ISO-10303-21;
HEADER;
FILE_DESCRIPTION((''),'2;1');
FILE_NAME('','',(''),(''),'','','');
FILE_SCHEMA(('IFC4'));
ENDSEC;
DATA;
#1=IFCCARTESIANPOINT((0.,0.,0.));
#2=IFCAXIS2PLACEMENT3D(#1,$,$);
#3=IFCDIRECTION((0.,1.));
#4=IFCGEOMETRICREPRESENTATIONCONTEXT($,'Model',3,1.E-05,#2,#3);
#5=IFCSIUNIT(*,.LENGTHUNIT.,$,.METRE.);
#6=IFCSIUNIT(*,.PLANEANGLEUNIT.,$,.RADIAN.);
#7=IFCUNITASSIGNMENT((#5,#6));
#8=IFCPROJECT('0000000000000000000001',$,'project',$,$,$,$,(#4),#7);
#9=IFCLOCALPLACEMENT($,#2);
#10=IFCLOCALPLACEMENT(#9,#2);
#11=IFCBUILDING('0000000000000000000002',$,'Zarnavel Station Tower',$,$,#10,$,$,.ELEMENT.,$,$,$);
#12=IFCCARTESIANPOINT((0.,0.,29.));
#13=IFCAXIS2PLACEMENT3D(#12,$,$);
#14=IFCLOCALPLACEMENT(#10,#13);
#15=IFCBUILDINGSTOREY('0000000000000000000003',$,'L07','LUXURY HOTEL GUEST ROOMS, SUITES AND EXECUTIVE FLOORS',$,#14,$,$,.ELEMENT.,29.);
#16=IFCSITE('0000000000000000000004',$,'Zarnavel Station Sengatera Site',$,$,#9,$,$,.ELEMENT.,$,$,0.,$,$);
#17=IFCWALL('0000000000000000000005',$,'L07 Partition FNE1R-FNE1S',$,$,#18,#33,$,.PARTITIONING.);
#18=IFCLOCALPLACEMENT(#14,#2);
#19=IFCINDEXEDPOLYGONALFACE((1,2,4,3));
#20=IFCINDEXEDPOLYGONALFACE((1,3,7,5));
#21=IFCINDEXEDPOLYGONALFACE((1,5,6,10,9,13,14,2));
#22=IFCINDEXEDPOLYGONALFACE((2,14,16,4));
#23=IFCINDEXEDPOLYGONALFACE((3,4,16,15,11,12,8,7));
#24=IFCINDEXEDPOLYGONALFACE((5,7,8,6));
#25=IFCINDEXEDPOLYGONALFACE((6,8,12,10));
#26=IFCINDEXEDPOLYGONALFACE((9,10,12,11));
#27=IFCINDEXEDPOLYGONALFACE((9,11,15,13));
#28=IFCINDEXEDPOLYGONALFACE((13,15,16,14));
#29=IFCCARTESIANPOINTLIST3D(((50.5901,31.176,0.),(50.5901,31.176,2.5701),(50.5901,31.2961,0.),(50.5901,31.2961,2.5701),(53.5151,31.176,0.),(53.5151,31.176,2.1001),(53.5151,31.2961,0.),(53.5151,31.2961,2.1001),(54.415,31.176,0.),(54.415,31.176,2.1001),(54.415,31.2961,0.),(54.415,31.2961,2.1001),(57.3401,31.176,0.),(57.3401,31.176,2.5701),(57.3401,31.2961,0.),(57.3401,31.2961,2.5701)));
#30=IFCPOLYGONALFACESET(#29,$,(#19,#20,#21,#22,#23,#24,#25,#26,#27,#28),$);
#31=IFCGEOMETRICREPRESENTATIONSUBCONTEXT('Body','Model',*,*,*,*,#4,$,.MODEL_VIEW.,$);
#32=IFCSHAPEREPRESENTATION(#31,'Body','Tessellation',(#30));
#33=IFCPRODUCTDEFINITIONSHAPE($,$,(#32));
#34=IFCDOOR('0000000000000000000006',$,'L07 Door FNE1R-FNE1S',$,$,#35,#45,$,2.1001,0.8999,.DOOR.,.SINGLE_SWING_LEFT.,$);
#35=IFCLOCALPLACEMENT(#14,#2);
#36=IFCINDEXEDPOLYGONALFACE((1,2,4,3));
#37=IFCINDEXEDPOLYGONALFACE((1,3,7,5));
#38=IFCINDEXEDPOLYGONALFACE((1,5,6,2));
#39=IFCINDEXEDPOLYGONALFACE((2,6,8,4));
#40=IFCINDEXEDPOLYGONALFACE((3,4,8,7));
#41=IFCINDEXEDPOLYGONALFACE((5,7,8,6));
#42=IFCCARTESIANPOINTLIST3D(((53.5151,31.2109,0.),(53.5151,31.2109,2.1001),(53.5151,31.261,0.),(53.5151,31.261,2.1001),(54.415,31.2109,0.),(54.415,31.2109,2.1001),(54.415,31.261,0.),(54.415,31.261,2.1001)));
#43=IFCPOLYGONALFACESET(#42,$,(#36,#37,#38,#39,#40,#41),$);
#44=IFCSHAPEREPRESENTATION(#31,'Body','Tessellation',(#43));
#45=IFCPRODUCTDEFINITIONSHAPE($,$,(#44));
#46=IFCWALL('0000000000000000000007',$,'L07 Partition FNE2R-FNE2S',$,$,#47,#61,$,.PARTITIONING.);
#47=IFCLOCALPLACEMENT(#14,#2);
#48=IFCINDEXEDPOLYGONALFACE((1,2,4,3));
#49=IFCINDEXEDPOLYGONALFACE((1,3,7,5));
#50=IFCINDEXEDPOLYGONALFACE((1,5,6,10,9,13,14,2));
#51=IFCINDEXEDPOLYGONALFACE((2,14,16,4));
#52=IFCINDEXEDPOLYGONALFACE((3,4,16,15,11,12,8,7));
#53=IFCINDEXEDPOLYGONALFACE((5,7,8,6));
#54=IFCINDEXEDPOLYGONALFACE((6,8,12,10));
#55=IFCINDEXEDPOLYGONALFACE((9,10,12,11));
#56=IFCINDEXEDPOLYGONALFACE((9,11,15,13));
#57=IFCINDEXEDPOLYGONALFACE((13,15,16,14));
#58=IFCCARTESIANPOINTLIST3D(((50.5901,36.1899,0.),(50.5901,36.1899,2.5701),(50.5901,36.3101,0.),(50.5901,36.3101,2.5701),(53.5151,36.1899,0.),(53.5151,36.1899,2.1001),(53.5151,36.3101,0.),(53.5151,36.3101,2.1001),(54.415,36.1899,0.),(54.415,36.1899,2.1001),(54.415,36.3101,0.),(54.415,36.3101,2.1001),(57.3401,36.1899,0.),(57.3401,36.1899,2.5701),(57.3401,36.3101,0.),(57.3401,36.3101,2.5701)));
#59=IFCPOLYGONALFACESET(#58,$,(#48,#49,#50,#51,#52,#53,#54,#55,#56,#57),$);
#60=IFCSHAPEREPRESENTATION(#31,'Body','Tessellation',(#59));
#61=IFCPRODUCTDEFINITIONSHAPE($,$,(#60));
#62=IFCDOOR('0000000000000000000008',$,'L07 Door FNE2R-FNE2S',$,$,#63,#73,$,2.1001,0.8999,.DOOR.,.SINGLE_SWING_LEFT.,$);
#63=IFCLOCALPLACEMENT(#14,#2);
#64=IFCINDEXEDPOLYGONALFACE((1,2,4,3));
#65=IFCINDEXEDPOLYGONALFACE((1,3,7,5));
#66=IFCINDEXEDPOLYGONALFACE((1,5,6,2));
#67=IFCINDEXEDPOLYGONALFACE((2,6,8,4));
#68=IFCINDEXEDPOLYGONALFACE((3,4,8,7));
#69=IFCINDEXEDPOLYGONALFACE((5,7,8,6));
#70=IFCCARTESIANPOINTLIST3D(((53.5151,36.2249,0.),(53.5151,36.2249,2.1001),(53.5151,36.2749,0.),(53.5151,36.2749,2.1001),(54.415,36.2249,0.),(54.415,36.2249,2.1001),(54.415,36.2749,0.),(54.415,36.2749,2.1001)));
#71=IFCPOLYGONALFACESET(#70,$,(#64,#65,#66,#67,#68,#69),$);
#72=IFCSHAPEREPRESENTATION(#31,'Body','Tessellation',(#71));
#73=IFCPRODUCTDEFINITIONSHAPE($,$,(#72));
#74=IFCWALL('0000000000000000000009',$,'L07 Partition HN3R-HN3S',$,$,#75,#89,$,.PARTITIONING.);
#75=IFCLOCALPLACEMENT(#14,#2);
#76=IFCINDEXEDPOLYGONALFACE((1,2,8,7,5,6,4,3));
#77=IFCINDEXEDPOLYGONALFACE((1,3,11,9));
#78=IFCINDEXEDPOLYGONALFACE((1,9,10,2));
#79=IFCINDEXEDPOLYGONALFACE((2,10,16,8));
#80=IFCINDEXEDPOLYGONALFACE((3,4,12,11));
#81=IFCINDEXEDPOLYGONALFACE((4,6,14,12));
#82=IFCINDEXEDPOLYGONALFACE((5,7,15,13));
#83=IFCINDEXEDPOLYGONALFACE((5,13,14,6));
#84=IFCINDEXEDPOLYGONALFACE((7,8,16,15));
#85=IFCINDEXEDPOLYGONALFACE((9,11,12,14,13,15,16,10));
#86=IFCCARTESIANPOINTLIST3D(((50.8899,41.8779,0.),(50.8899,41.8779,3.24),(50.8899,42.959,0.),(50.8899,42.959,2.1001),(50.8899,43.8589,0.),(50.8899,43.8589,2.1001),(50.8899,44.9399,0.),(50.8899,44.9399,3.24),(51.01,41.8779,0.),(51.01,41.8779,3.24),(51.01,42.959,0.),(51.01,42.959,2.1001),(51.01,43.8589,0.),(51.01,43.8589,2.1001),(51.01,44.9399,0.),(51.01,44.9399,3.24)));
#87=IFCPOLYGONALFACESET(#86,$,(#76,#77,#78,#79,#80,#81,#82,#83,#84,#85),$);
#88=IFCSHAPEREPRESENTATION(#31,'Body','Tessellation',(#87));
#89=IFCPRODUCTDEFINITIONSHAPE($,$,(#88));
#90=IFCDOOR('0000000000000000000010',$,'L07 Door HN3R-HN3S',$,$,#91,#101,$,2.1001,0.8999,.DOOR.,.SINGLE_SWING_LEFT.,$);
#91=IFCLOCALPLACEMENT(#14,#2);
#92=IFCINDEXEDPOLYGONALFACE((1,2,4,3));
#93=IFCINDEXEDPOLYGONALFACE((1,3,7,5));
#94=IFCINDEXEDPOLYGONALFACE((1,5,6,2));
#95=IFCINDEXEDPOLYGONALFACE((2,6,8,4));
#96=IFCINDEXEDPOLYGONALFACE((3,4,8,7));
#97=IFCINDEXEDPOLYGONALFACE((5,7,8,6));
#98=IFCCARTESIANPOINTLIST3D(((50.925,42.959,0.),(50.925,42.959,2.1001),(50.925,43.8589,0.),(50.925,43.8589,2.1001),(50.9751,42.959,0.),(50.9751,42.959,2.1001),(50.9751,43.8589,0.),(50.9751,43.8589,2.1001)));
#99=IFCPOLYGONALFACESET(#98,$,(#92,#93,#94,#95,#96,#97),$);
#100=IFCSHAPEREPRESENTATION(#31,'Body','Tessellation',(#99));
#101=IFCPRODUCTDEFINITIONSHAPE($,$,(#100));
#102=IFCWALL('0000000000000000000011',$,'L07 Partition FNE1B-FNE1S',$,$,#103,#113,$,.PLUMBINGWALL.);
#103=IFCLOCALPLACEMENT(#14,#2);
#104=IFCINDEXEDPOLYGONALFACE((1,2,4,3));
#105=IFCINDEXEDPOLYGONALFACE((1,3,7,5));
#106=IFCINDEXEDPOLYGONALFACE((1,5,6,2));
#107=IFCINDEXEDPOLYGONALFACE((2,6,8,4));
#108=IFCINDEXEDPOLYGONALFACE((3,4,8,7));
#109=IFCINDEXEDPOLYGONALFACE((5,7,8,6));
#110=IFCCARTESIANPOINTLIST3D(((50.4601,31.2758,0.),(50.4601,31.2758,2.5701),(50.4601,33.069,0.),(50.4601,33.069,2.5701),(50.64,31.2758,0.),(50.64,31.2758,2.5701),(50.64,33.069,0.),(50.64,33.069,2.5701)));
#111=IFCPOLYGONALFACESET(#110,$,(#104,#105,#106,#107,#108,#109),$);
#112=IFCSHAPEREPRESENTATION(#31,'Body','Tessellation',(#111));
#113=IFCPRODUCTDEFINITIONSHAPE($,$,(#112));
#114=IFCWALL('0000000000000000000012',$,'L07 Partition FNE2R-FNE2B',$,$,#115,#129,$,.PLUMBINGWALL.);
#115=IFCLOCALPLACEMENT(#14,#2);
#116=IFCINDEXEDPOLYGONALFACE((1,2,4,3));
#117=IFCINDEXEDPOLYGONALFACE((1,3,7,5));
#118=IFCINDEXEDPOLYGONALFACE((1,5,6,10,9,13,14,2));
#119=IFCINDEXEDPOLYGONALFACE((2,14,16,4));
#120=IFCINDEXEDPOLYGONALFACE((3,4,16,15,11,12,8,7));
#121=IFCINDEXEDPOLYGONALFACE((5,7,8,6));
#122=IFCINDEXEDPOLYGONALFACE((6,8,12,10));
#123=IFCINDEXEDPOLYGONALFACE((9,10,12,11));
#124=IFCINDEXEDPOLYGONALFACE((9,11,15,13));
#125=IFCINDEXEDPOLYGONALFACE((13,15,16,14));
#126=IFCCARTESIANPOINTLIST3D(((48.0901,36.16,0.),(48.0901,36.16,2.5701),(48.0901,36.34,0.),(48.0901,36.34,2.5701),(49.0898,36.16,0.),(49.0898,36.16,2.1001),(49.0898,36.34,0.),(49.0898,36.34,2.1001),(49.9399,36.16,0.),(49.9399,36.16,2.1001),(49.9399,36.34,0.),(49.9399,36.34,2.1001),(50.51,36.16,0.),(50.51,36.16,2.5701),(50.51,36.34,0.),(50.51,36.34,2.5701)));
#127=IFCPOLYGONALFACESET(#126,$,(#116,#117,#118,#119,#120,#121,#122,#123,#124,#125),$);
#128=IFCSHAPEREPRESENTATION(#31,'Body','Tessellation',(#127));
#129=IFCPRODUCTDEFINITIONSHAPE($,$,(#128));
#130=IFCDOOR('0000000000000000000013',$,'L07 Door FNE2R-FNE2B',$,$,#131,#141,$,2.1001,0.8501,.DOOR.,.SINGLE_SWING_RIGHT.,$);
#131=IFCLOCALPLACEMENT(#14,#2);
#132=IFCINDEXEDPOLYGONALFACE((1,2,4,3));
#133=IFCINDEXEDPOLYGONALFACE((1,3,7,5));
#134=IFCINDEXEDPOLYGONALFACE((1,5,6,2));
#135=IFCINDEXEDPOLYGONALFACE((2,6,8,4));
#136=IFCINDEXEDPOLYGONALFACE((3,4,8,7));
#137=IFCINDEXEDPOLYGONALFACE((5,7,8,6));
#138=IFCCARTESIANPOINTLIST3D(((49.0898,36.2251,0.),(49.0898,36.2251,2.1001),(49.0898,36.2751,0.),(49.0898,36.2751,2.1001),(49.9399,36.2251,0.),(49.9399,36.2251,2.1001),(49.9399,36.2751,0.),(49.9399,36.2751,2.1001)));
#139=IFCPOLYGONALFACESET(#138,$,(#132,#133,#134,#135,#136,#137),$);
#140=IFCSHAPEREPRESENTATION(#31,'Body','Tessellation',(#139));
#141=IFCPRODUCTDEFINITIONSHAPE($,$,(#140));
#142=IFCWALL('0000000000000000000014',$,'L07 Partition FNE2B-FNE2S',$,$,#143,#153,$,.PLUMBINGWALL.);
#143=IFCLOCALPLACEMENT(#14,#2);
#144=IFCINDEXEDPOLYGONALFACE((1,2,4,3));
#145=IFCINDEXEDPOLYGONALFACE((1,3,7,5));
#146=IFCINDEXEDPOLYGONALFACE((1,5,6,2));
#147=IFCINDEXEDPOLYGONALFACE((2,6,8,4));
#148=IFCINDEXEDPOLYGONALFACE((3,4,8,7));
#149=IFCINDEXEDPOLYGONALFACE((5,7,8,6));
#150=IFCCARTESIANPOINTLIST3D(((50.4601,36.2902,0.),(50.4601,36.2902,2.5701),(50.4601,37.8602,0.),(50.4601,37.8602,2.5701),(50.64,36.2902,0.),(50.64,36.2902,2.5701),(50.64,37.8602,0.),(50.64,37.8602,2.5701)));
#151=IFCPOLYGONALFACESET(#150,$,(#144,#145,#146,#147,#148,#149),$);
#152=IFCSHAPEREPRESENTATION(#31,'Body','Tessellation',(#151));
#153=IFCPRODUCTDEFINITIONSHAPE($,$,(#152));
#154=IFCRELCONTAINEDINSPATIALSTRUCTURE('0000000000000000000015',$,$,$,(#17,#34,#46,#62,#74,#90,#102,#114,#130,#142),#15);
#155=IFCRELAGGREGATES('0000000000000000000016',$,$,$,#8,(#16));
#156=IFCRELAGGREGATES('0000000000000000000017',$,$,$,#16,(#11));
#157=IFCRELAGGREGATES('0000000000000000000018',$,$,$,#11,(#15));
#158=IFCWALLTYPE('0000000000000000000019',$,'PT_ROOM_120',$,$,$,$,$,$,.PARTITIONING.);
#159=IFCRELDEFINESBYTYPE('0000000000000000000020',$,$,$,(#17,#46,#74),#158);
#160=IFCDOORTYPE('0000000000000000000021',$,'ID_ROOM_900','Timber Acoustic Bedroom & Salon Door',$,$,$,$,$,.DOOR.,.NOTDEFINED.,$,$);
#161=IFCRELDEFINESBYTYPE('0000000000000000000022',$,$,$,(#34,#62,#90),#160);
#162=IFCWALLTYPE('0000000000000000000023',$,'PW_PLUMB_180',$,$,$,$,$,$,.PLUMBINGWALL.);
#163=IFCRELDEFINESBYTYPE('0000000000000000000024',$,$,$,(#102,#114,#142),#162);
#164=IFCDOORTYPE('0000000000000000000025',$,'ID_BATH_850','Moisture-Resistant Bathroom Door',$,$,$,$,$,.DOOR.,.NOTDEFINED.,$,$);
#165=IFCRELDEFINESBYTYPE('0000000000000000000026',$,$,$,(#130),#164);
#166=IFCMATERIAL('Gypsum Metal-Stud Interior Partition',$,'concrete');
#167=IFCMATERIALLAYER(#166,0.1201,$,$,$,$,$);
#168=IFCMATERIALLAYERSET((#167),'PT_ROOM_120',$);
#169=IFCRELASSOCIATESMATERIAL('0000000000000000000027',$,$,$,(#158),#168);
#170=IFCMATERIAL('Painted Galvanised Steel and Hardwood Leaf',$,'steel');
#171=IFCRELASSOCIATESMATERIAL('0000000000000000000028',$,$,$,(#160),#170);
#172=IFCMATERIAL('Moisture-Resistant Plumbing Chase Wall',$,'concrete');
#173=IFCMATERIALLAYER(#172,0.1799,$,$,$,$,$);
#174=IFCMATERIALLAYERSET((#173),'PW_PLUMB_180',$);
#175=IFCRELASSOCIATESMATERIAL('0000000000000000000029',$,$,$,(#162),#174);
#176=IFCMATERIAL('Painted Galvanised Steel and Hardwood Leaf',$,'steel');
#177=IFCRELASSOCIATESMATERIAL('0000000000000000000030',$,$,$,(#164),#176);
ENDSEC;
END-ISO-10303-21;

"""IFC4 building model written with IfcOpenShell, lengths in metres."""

from ifc_helpers import new_model, si_unit, direction, frame, frame_2d, origin, place, context, subcontext, project, spatial, rectangle, extrude, material, layer, layer_set, type_object, element, fill, save


model = new_model("IFC4")

# Units and contexts
model_context = context("Model", 3, precision=1e-05, world=origin(), true_north=direction((0.0, 1.0)))
body_context = subcontext(model_context, "Body", "Model", "MODEL_VIEW")
ifc_project = project(units=[si_unit("LENGTHUNIT", "METRE"), si_unit("PLANEANGLEUNIT", "RADIAN")], contexts=[model_context])

# Site, building, storey
site_placement = place(None, origin())
site = spatial("IfcSite", under=ifc_project, at=site_placement, Name="Zarnavel Station Sengatera Site", CompositionType="ELEMENT", RefElevation=0.0)
building_placement = place(site_placement, origin())
building = spatial("IfcBuilding", under=site, at=building_placement, Name="Zarnavel Station Tower", CompositionType="ELEMENT")
storey_placement = place(building_placement, frame((0.0, 0.0, 29.0)))
storey = spatial("IfcBuildingStorey", under=building, at=storey_placement, Name="L07", Description="LUXURY HOTEL GUEST ROOMS, SUITES AND EXECUTIVE FLOORS", CompositionType="ELEMENT", Elevation=29.0)

# Walls, openings, doors
ifc_material_1 = material(Name="Gypsum Metal-Stud Interior Partition", Category="concrete")
ifc_layer_1 = layer(ifc_material_1, 0.1201)
ifc_layer_set_1 = layer_set([ifc_layer_1], Name="PT_ROOM_120")
wall_type_1 = type_object("IfcWallType", Name="PT_ROOM_120", PredefinedType="PARTITIONING", material=ifc_layer_set_1)
wall_1_placement = place(storey_placement, frame((50.5901, 31.2361, 0.0), z_axis=(0.0, 0.0, 1.0), x_axis=(1.0, 0.0, 0.0)))
wall_1 = element("IfcWall", 1, at=wall_1_placement, inside=storey, type_object=wall_type_1, Name="L07 Partition FNE1R-FNE1S", PredefinedType="PARTITIONING", context=body_context, shape_type="SweptSolid", body=[
    extrude(rectangle(XDim=6.75, YDim=0.1201, at=frame_2d((3.375, 0.0))), origin(), (0.0, 0.0, 1.0), 2.5701),
])
opening_1_placement = place(wall_1_placement, frame((2.925, 0.0, 0.0)))
opening_1 = element("IfcOpeningElement", 2, at=opening_1_placement, cuts=wall_1, PredefinedType="OPENING", context=body_context, shape_type="SweptSolid", body=[
    extrude(rectangle(XDim=0.8999, YDim=2.1001, at=frame_2d((0.45, 1.05))), frame((0.0, 0.0701, 0.0), z_axis=(0.0, -1.0, 0.0), x_axis=(1.0, 0.0, 0.0)), (0.0, 0.0, 1.0), 0.1401),
])
ifc_material_2 = material(Name="Painted Galvanised Steel and Hardwood Leaf", Category="steel")
door_type_1 = type_object("IfcDoorType", Name="ID_ROOM_900", Description="Timber Acoustic Bedroom & Salon Door", OperationType="NOTDEFINED", PredefinedType="DOOR", material=ifc_material_2)
door_1_placement = place(opening_1_placement, origin())
door_1 = element("IfcDoor", 3, at=door_1_placement, inside=storey, type_object=door_type_1, Name="L07 Door FNE1R-FNE1S", OperationType="SINGLE_SWING_LEFT", OverallHeight=2.1001, OverallWidth=0.8999, PredefinedType="DOOR", context=body_context, shape_type="SweptSolid", body=[
    extrude(rectangle(XDim=0.8999, YDim=2.1001, at=frame_2d((0.45, 1.05))), frame((0.0, 0.0249, 0.0), z_axis=(0.0, -1.0, 0.0), x_axis=(1.0, 0.0, 0.0)), (0.0, 0.0, 1.0), 0.05),
])
fill(opening_1, door_1)
wall_2_placement = place(storey_placement, frame((50.5901, 36.25, 0.0), z_axis=(0.0, 0.0, 1.0), x_axis=(1.0, 0.0, 0.0)))
wall_2 = element("IfcWall", 4, at=wall_2_placement, inside=storey, type_object=wall_type_1, Name="L07 Partition FNE2R-FNE2S", PredefinedType="PARTITIONING", context=body_context, shape_type="SweptSolid", body=[
    extrude(rectangle(XDim=6.75, YDim=0.1201, at=frame_2d((3.375, 0.0))), origin(), (0.0, 0.0, 1.0), 2.5701),
])
opening_2_placement = place(wall_2_placement, frame((2.925, 0.0, 0.0)))
opening_2 = element("IfcOpeningElement", 5, at=opening_2_placement, cuts=wall_2, PredefinedType="OPENING", context=body_context, shape_type="SweptSolid", body=[
    extrude(rectangle(XDim=0.8999, YDim=2.1001, at=frame_2d((0.45, 1.05))), frame((0.0, 0.0701, 0.0), z_axis=(0.0, -1.0, 0.0), x_axis=(1.0, 0.0, 0.0)), (0.0, 0.0, 1.0), 0.1401),
])
door_2_placement = place(opening_2_placement, origin())
door_2 = element("IfcDoor", 6, at=door_2_placement, inside=storey, type_object=door_type_1, Name="L07 Door FNE2R-FNE2S", OperationType="SINGLE_SWING_LEFT", OverallHeight=2.1001, OverallWidth=0.8999, PredefinedType="DOOR", context=body_context, shape_type="SweptSolid", body=[
    extrude(rectangle(XDim=0.8999, YDim=2.1001, at=frame_2d((0.45, 1.05))), frame((0.0, 0.0249, 0.0), z_axis=(0.0, -1.0, 0.0), x_axis=(1.0, 0.0, 0.0)), (0.0, 0.0, 1.0), 0.05),
])
fill(opening_2, door_2)
wall_3_placement = place(storey_placement, frame((50.95, 41.8779, 0.0), z_axis=(0.0, 0.0, 1.0), x_axis=(0.0, 1.0, 0.0)))
wall_3 = element("IfcWall", 7, at=wall_3_placement, inside=storey, type_object=wall_type_1, Name="L07 Partition HN3R-HN3S", PredefinedType="PARTITIONING", context=body_context, shape_type="SweptSolid", body=[
    extrude(rectangle(XDim=3.062, YDim=0.1201, at=frame_2d((1.531, 0.0))), origin(), (0.0, 0.0, 1.0), 3.24),
])
opening_3_placement = place(wall_3_placement, frame((1.0811, 0.0, 0.0)))
opening_3 = element("IfcOpeningElement", 8, at=opening_3_placement, cuts=wall_3, PredefinedType="OPENING", context=body_context, shape_type="SweptSolid", body=[
    extrude(rectangle(XDim=0.8999, YDim=2.1001, at=frame_2d((0.45, 1.05))), frame((0.0, 0.0701, 0.0), z_axis=(0.0, -1.0, 0.0), x_axis=(1.0, 0.0, 0.0)), (0.0, 0.0, 1.0), 0.1401),
])
door_3_placement = place(opening_3_placement, origin())
door_3 = element("IfcDoor", 9, at=door_3_placement, inside=storey, type_object=door_type_1, Name="L07 Door HN3R-HN3S", OperationType="SINGLE_SWING_LEFT", OverallHeight=2.1001, OverallWidth=0.8999, PredefinedType="DOOR", context=body_context, shape_type="SweptSolid", body=[
    extrude(rectangle(XDim=0.8999, YDim=2.1001, at=frame_2d((0.45, 1.05))), frame((0.0, 0.0249, 0.0), z_axis=(0.0, -1.0, 0.0), x_axis=(1.0, 0.0, 0.0)), (0.0, 0.0, 1.0), 0.05),
])
fill(opening_3, door_3)

# Wall
ifc_material_3 = material(Name="Moisture-Resistant Plumbing Chase Wall", Category="concrete")
ifc_layer_2 = layer(ifc_material_3, 0.1799)
ifc_layer_set_2 = layer_set([ifc_layer_2], Name="PW_PLUMB_180")
wall_type_2 = type_object("IfcWallType", Name="PW_PLUMB_180", PredefinedType="PLUMBINGWALL", material=ifc_layer_set_2)
wall_4_placement = place(storey_placement, frame((50.55, 31.2759, 0.0), z_axis=(0.0, 0.0, 1.0), x_axis=(0.0, 1.0, 0.0)))
element("IfcWall", 10, at=wall_4_placement, inside=storey, type_object=wall_type_2, Name="L07 Partition FNE1B-FNE1S", PredefinedType="PLUMBINGWALL", context=body_context, shape_type="SweptSolid", body=[
    extrude(rectangle(XDim=1.7932, YDim=0.1799, at=frame_2d((0.8965, 0.0))), origin(), (0.0, 0.0, 1.0), 2.5701),
])

# Wall, opening, door
wall_5_placement = place(storey_placement, frame((50.51, 36.25, 0.0), z_axis=(0.0, 0.0, 1.0), x_axis=(-1.0, 0.0, 0.0)))
wall_5 = element("IfcWall", 11, at=wall_5_placement, inside=storey, type_object=wall_type_2, Name="L07 Partition FNE2R-FNE2B", PredefinedType="PLUMBINGWALL", context=body_context, shape_type="SweptSolid", body=[
    extrude(rectangle(XDim=2.4199, YDim=0.1799, at=frame_2d((1.21, 0.0))), origin(), (0.0, 0.0, 1.0), 2.5701),
])
opening_4_placement = place(wall_5_placement, frame((0.5701, 0.0, 0.0)))
opening_4 = element("IfcOpeningElement", 12, at=opening_4_placement, cuts=wall_5, PredefinedType="OPENING", context=body_context, shape_type="SweptSolid", body=[
    extrude(rectangle(XDim=0.8501, YDim=2.1001, at=frame_2d((0.425, 1.05))), frame((0.0, 0.0999, 0.0), z_axis=(0.0, -1.0, 0.0), x_axis=(1.0, 0.0, 0.0)), (0.0, 0.0, 1.0), 0.2),
])
ifc_material_4 = material(Name="Painted Galvanised Steel and Hardwood Leaf", Category="steel")
door_type_2 = type_object("IfcDoorType", Name="ID_BATH_850", Description="Moisture-Resistant Bathroom Door", OperationType="NOTDEFINED", PredefinedType="DOOR", material=ifc_material_4)
door_4_placement = place(opening_4_placement, origin())
door_4 = element("IfcDoor", 13, at=door_4_placement, inside=storey, type_object=door_type_2, Name="L07 Door FNE2R-FNE2B", OperationType="SINGLE_SWING_RIGHT", OverallHeight=2.1001, OverallWidth=0.8501, PredefinedType="DOOR", context=body_context, shape_type="SweptSolid", body=[
    extrude(rectangle(XDim=0.8501, YDim=2.1001, at=frame_2d((0.425, 1.05))), frame((0.0, 0.0249, 0.0), z_axis=(0.0, -1.0, 0.0), x_axis=(1.0, 0.0, 0.0)), (0.0, 0.0, 1.0), 0.05),
])
fill(opening_4, door_4)

# Wall
wall_6_placement = place(storey_placement, frame((50.55, 36.29, 0.0), z_axis=(0.0, 0.0, 1.0), x_axis=(0.0, 1.0, 0.0)))
element("IfcWall", 14, at=wall_6_placement, inside=storey, type_object=wall_type_2, Name="L07 Partition FNE2B-FNE2S", PredefinedType="PLUMBINGWALL", context=body_context, shape_type="SweptSolid", body=[
    extrude(rectangle(XDim=1.5701, YDim=0.1799, at=frame_2d((0.7852, 0.0))), origin(), (0.0, 0.0, 1.0), 2.5701),
])

save(model, "model.ifc")
